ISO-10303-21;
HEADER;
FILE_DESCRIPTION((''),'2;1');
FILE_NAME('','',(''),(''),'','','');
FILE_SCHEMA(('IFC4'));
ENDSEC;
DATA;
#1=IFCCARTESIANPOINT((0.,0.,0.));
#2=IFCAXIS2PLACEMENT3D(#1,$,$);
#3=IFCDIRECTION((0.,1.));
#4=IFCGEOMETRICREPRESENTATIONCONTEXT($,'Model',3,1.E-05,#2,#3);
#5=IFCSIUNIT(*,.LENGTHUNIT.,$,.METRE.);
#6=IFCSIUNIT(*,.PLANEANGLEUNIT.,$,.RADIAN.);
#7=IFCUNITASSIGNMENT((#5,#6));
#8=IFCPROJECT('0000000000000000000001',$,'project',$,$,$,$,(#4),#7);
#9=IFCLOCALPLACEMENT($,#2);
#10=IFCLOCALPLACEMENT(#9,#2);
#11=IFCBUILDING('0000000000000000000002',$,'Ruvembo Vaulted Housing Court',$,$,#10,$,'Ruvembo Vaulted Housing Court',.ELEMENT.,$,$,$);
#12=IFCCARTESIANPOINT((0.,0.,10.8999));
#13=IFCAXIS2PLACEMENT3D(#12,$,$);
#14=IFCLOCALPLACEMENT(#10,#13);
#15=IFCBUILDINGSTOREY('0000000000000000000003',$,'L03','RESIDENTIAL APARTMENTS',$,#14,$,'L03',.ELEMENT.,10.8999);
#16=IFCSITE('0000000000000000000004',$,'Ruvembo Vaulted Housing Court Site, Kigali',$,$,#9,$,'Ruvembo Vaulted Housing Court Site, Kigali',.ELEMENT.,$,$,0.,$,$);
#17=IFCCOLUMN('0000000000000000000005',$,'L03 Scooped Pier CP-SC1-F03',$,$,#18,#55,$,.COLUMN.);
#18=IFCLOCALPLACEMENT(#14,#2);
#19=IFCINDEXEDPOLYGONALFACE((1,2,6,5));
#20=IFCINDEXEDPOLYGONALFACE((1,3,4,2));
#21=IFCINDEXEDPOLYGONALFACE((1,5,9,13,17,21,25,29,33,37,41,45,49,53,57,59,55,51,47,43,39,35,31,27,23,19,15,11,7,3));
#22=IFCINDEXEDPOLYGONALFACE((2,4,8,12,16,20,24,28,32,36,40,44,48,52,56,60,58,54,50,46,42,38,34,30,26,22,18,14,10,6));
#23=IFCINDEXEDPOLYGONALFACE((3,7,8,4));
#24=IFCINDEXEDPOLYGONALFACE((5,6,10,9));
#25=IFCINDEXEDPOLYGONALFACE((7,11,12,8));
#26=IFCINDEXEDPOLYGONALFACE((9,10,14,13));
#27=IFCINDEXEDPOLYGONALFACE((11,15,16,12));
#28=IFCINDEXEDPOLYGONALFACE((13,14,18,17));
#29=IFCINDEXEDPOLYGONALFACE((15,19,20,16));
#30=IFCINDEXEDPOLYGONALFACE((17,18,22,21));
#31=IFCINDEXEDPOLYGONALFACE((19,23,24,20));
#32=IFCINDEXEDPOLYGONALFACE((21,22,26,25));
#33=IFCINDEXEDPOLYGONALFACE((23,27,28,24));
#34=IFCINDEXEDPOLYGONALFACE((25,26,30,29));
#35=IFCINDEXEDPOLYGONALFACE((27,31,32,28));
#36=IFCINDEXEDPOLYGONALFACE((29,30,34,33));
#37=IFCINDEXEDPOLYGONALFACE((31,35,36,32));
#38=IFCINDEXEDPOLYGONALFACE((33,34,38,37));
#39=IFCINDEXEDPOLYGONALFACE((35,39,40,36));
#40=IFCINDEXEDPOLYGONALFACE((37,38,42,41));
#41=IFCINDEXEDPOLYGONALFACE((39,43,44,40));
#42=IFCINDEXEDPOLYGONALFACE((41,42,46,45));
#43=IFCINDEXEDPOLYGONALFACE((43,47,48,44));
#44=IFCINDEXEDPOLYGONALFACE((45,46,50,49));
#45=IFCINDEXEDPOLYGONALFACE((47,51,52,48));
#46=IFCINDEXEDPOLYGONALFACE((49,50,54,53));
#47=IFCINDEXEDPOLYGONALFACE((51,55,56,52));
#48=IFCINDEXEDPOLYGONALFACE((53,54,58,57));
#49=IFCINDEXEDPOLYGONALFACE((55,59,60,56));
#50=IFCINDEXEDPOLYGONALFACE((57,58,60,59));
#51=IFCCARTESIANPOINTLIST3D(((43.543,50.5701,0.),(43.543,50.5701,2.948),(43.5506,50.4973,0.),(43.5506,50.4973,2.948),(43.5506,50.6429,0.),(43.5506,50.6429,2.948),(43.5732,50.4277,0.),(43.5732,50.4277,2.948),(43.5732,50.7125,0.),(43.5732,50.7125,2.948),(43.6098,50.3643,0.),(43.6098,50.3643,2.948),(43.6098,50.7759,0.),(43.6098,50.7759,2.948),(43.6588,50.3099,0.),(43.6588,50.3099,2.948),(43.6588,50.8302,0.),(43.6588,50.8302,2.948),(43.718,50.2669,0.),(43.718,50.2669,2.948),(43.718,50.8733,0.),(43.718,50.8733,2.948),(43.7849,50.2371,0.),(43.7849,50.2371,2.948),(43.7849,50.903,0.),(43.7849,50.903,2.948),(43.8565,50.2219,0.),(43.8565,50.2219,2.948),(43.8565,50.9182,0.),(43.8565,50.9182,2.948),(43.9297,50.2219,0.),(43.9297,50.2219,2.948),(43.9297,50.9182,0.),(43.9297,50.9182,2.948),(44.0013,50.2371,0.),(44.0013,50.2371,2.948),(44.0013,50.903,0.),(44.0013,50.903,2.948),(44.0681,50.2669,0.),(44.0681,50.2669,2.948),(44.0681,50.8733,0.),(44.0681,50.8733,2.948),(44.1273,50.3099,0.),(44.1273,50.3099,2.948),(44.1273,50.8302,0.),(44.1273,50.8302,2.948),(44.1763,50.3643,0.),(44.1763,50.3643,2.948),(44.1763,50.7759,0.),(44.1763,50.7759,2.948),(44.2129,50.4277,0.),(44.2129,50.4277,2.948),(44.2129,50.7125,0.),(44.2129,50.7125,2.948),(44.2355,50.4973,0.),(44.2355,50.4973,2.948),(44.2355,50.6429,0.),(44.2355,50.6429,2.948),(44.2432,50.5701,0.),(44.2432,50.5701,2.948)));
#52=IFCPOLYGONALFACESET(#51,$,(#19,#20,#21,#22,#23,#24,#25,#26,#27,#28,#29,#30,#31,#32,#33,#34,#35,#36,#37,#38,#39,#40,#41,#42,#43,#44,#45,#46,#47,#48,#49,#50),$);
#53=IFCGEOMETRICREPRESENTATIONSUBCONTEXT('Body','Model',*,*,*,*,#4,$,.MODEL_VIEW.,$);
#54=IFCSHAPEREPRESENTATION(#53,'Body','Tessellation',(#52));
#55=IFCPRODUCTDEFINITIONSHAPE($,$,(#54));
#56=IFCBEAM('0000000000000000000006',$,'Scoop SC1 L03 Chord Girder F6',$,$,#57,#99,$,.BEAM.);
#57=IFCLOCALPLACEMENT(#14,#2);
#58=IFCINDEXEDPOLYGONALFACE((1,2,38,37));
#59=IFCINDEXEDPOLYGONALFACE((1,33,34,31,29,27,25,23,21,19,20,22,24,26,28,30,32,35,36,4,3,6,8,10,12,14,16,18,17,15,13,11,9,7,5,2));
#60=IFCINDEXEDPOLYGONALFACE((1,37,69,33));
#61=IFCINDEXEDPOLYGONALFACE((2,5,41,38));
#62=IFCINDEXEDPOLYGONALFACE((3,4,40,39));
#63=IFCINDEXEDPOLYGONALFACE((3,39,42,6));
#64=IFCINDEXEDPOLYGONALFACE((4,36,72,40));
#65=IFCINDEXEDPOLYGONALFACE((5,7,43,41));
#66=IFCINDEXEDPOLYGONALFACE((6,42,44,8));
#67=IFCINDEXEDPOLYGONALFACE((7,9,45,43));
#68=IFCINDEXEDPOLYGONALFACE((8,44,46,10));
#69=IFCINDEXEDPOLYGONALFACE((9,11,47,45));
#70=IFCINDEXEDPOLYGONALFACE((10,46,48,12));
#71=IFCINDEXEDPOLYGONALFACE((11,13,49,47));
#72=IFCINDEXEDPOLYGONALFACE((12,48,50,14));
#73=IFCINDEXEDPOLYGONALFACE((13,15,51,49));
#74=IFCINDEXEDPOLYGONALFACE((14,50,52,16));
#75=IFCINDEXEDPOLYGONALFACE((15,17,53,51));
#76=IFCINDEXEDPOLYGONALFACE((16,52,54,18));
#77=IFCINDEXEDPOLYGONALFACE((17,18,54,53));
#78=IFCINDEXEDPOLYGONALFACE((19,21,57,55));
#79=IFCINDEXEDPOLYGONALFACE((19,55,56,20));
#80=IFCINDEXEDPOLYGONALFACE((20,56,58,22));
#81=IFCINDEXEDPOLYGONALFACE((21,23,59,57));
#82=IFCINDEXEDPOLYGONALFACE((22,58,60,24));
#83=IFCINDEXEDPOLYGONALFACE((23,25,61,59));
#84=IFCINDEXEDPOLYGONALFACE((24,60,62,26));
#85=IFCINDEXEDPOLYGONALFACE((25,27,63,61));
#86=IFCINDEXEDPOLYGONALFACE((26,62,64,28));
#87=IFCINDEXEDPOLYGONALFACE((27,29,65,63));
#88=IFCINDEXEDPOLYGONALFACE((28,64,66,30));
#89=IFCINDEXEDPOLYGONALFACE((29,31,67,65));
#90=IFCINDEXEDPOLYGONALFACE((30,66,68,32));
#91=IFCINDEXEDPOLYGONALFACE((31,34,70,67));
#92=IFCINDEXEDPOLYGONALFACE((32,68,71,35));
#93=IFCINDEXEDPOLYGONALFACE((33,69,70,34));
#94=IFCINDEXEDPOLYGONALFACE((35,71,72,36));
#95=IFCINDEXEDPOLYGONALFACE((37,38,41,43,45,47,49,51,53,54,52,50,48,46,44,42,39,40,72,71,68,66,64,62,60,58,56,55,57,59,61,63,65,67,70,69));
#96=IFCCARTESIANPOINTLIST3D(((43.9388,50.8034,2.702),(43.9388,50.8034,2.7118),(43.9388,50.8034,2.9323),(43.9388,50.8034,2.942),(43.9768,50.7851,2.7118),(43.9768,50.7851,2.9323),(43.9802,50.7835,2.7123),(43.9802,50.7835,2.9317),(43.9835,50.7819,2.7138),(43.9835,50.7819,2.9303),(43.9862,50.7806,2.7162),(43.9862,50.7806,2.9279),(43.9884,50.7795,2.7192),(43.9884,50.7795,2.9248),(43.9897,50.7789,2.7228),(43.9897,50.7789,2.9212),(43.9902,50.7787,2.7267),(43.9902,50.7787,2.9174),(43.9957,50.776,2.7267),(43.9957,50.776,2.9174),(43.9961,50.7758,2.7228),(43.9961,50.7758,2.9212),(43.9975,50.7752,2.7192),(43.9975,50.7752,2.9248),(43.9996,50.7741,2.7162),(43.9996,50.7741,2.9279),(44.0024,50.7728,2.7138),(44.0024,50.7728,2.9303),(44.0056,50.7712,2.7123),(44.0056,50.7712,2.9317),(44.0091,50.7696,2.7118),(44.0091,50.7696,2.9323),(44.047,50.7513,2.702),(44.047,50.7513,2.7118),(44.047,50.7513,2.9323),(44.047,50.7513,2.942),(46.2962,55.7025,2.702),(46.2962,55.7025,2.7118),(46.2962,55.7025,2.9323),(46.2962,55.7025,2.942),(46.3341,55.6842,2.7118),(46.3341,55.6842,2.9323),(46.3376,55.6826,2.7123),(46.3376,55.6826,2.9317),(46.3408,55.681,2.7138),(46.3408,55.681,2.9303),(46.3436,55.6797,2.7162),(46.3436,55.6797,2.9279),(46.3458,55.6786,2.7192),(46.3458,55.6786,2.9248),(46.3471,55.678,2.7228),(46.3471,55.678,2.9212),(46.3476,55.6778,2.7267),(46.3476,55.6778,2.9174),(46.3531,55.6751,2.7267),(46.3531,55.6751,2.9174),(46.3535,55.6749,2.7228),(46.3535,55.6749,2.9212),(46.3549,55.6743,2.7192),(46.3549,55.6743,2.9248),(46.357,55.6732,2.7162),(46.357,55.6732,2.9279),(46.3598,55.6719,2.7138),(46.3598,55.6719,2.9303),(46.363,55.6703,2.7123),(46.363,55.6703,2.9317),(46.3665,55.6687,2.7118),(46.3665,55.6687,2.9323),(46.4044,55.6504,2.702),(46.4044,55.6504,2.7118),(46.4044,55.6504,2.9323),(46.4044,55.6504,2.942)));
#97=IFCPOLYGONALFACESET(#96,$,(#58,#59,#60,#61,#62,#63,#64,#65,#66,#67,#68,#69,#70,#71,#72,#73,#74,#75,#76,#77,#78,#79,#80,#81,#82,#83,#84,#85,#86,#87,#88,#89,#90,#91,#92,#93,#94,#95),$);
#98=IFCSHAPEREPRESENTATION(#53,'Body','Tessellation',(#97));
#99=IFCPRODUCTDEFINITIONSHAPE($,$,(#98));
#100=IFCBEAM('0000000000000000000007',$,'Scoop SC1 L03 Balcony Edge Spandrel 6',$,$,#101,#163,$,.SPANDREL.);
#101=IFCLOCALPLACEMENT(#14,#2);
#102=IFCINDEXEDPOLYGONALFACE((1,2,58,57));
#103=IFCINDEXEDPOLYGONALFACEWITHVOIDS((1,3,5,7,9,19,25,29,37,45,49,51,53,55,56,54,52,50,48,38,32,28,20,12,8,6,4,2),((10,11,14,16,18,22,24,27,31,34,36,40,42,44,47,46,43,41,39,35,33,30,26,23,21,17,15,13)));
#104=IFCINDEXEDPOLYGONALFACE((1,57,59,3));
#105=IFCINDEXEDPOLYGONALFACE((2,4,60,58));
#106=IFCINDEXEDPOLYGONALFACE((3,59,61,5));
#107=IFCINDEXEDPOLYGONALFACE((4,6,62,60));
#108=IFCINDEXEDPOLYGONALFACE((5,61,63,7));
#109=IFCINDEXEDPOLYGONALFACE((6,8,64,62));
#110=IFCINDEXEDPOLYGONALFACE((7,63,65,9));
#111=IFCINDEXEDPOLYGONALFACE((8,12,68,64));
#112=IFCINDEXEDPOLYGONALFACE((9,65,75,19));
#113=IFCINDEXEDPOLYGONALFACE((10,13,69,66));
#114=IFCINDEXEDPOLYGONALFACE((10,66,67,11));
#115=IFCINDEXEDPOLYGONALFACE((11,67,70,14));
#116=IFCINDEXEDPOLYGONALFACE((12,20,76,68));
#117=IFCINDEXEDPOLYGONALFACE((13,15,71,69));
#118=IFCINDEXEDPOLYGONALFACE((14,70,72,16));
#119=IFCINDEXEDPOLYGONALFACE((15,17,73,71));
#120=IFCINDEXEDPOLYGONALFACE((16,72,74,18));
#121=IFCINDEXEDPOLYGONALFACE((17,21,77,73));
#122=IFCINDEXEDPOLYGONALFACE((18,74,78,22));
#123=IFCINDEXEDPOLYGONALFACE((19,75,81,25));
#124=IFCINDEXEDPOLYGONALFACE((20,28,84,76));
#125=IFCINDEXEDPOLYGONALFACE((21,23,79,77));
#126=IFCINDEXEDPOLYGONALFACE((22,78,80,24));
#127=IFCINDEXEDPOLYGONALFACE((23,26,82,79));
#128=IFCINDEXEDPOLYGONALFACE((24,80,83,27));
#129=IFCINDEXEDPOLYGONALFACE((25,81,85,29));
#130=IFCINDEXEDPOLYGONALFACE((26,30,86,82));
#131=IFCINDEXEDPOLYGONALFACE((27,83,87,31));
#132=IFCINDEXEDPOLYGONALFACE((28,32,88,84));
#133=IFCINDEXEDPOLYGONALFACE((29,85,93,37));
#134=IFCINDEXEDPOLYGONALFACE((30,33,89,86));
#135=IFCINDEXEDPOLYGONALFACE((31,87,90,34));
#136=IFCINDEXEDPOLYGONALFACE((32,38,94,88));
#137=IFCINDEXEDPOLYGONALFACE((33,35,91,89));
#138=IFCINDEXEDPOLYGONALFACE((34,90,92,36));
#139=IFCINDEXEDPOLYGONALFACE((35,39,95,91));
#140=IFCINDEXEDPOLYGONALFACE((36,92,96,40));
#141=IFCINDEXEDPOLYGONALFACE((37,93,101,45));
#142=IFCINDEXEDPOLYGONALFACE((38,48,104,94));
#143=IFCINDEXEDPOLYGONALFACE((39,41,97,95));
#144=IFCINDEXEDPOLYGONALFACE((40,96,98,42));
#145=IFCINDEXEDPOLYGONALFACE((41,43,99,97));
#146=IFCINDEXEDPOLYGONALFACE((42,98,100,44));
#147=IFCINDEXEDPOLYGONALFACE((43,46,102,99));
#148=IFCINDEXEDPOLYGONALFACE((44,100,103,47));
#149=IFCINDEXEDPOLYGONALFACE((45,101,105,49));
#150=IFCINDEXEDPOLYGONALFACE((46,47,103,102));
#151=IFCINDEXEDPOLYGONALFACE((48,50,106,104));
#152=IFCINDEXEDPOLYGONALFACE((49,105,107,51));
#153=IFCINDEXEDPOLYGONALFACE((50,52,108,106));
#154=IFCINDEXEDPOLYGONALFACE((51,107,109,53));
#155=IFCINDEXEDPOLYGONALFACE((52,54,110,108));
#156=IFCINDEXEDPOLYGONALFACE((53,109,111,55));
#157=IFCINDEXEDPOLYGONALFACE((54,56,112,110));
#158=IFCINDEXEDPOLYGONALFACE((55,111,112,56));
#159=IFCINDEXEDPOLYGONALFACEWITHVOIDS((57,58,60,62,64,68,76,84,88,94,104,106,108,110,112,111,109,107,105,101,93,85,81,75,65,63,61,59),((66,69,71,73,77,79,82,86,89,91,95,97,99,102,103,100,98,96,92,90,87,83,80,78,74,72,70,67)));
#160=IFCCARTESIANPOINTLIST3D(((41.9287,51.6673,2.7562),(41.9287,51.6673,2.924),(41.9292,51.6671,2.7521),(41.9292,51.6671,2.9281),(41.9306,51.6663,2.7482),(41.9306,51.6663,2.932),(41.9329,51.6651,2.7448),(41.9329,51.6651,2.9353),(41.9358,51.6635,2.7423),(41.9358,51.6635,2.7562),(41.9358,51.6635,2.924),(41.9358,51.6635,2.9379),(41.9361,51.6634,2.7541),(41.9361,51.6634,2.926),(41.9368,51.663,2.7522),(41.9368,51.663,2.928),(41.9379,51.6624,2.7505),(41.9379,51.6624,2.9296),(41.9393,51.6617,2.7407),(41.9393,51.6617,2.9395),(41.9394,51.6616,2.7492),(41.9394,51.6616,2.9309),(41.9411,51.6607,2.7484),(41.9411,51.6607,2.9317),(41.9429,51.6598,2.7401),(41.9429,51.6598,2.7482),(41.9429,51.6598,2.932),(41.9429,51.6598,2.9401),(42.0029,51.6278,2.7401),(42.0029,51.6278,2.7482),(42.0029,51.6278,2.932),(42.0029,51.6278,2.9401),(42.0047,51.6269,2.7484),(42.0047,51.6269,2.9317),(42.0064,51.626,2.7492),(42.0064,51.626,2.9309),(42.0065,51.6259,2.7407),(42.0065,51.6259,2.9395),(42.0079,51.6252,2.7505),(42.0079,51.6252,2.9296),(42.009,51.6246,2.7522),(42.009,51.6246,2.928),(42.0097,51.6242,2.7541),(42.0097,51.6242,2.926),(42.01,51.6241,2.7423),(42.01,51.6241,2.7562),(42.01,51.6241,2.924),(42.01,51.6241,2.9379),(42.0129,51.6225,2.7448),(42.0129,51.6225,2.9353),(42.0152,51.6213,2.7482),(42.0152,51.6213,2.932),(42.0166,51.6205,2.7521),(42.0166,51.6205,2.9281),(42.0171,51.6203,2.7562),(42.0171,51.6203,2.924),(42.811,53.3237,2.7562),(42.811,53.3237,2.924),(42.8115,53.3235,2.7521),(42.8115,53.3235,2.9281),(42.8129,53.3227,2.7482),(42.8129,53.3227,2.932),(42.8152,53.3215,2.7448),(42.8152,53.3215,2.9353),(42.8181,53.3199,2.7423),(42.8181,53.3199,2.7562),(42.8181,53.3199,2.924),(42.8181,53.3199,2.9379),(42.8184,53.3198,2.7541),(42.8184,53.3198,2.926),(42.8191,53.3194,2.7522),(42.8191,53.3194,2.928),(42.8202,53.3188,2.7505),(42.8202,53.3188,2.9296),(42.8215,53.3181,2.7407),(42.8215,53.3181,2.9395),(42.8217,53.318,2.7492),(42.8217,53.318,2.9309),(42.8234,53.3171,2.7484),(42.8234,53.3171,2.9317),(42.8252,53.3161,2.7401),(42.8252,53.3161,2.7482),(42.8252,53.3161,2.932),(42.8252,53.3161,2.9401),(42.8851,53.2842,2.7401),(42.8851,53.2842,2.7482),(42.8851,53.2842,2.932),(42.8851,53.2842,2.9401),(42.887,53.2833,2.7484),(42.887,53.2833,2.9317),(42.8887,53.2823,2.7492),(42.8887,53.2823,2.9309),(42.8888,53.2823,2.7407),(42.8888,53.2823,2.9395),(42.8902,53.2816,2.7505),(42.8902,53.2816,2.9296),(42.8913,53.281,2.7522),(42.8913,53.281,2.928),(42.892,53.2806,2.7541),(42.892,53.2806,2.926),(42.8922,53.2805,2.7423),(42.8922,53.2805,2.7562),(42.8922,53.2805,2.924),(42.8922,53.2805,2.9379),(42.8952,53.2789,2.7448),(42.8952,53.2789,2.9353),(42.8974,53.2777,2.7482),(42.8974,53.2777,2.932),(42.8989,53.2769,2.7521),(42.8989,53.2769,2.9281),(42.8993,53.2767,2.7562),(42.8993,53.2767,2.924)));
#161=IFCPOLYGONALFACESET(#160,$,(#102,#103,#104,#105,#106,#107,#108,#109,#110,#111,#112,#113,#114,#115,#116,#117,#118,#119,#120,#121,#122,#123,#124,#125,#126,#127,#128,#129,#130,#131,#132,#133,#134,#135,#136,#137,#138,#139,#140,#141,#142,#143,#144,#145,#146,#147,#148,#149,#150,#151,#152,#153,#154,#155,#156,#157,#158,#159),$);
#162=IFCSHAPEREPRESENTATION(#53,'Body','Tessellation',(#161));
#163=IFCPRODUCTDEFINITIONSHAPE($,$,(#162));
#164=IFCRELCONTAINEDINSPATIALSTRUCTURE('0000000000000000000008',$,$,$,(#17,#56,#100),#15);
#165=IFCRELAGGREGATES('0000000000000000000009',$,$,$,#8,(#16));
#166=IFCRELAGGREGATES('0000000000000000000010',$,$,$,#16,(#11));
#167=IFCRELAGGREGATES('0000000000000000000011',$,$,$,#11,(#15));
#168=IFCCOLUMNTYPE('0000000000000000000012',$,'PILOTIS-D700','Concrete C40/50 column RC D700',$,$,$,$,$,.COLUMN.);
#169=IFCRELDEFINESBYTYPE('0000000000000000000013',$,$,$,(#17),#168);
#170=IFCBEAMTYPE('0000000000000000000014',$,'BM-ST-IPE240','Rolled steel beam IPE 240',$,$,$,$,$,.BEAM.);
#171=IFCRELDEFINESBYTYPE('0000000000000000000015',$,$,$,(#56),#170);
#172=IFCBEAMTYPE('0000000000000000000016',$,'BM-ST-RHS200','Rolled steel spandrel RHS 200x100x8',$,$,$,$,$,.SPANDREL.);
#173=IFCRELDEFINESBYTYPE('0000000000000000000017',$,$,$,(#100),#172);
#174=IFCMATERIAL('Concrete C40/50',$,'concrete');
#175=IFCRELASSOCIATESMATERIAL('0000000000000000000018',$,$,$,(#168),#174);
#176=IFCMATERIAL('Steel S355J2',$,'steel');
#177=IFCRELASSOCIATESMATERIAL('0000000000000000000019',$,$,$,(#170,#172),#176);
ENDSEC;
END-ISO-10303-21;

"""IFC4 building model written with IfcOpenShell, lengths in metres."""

from ifc_helpers import new_model, si_unit, direction, frame, origin, origin_2d, place, context, subcontext, project, spatial, hollow_rectangle, circle, i_section, extrude, material, material_profile, profile_set, type_object, element, save


model = new_model("IFC4")

# Units and contexts
model_context = context("Model", 3, precision=1e-05, world=origin(), true_north=direction((0.0, 1.0)))
body_context = subcontext(model_context, "Body", "Model", "MODEL_VIEW")
ifc_project = project(units=[si_unit("LENGTHUNIT", "METRE"), si_unit("PLANEANGLEUNIT", "RADIAN")], contexts=[model_context])

# Site, building, storey
site_placement = place(None, origin())
site = spatial("IfcSite", under=ifc_project, at=site_placement, Name="Ruvembo Vaulted Housing Court Site, Kigali", LongName="Ruvembo Vaulted Housing Court Site, Kigali", CompositionType="ELEMENT", RefElevation=0.0)
building_placement = place(site_placement, origin())
building = spatial("IfcBuilding", under=site, at=building_placement, Name="Ruvembo Vaulted Housing Court", LongName="Ruvembo Vaulted Housing Court", CompositionType="ELEMENT")
storey_placement = place(building_placement, frame((0.0, 0.0, 10.8999)))
storey = spatial("IfcBuildingStorey", under=building, at=storey_placement, Name="L03", Description="RESIDENTIAL APARTMENTS", LongName="L03", CompositionType="ELEMENT", Elevation=10.8999)

# Column
ifc_material_1 = material(Name="Concrete C40/50", Category="concrete")
ifc_material_profile_1 = material_profile(ifc_material_1, circle(Radius=0.3501, at=origin_2d()), Name="RC D700")
ifc_profile_set_1 = profile_set([ifc_material_profile_1], Name="Concrete C40/50")
column_type = type_object("IfcColumnType", Name="PILOTIS-D700", Description="Concrete C40/50 column RC D700", PredefinedType="COLUMN", material=ifc_profile_set_1)
column_placement = place(storey_placement, frame((43.8931, 50.5701, 0.0), z_axis=(0.0, 0.0, 1.0), x_axis=(1.0, 0.0, 0.0)))
element("IfcColumn", 1, at=column_placement, inside=storey, type_object=column_type, Name="L03 Scooped Pier CP-SC1-F03", PredefinedType="COLUMN", context=body_context, shape_type="SweptSolid", body=[
    extrude(circle(Radius=0.3501, at=origin_2d()), origin(), (0.0, 0.0, 1.0), 2.948),
])

# Beams
ifc_material_2 = material(Name="Steel S355J2", Category="steel")
ifc_material_profile_2 = material_profile(ifc_material_2, i_section(OverallWidth=0.1201, OverallDepth=0.24, WebThickness=0.0061, FlangeThickness=0.0098, FilletRadius=0.0149, at=origin_2d()), Name="IPE 240")
ifc_profile_set_2 = profile_set([ifc_material_profile_2], Name="Steel S355J2")
beam_type_1 = type_object("IfcBeamType", Name="BM-ST-IPE240", Description="Rolled steel beam IPE 240", PredefinedType="BEAM", material=ifc_profile_set_2)
beam_1_placement = place(storey_placement, frame((43.9929, 50.7773, 2.822), z_axis=(0.433601, 0.901105, 0.0), x_axis=(-0.901105, 0.433601, 0.0)))
element("IfcBeam", 2, at=beam_1_placement, inside=storey, type_object=beam_type_1, Name="Scoop SC1 L03 Chord Girder F6", PredefinedType="BEAM", context=body_context, shape_type="SweptSolid", body=[
    extrude(i_section(OverallWidth=0.1201, OverallDepth=0.24, WebThickness=0.0061, FlangeThickness=0.0098, FilletRadius=0.0149, at=origin_2d()), origin(), (0.0, 0.0, 1.0), 5.4368),
])
ifc_material_profile_3 = material_profile(ifc_material_2, hollow_rectangle(XDim=0.1001, YDim=0.2, WallThickness=0.0081, InnerFilletRadius=0.0081, OuterFilletRadius=0.0161, at=origin_2d()), Name="RHS 200x100x8")
ifc_profile_set_3 = profile_set([ifc_material_profile_3], Name="Steel S355J2")
beam_type_2 = type_object("IfcBeamType", Name="BM-ST-RHS200", Description="Rolled steel spandrel RHS 200x100x8", PredefinedType="SPANDREL", material=ifc_profile_set_3)
beam_2_placement = place(storey_placement, frame((41.9729, 51.6438, 2.8401), z_axis=(0.470116, 0.882605, 0.0), x_axis=(-0.882605, 0.470116, 0.0)))
element("IfcBeam", 3, at=beam_2_placement, inside=storey, type_object=beam_type_2, Name="Scoop SC1 L03 Balcony Edge Spandrel 6", PredefinedType="SPANDREL", context=body_context, shape_type="SweptSolid", body=[
    extrude(hollow_rectangle(XDim=0.1001, YDim=0.2, WallThickness=0.0081, InnerFilletRadius=0.0081, OuterFilletRadius=0.0161, at=origin_2d()), origin(), (0.0, 0.0, 1.0), 1.8767),
])

save(model, "model.ifc")
